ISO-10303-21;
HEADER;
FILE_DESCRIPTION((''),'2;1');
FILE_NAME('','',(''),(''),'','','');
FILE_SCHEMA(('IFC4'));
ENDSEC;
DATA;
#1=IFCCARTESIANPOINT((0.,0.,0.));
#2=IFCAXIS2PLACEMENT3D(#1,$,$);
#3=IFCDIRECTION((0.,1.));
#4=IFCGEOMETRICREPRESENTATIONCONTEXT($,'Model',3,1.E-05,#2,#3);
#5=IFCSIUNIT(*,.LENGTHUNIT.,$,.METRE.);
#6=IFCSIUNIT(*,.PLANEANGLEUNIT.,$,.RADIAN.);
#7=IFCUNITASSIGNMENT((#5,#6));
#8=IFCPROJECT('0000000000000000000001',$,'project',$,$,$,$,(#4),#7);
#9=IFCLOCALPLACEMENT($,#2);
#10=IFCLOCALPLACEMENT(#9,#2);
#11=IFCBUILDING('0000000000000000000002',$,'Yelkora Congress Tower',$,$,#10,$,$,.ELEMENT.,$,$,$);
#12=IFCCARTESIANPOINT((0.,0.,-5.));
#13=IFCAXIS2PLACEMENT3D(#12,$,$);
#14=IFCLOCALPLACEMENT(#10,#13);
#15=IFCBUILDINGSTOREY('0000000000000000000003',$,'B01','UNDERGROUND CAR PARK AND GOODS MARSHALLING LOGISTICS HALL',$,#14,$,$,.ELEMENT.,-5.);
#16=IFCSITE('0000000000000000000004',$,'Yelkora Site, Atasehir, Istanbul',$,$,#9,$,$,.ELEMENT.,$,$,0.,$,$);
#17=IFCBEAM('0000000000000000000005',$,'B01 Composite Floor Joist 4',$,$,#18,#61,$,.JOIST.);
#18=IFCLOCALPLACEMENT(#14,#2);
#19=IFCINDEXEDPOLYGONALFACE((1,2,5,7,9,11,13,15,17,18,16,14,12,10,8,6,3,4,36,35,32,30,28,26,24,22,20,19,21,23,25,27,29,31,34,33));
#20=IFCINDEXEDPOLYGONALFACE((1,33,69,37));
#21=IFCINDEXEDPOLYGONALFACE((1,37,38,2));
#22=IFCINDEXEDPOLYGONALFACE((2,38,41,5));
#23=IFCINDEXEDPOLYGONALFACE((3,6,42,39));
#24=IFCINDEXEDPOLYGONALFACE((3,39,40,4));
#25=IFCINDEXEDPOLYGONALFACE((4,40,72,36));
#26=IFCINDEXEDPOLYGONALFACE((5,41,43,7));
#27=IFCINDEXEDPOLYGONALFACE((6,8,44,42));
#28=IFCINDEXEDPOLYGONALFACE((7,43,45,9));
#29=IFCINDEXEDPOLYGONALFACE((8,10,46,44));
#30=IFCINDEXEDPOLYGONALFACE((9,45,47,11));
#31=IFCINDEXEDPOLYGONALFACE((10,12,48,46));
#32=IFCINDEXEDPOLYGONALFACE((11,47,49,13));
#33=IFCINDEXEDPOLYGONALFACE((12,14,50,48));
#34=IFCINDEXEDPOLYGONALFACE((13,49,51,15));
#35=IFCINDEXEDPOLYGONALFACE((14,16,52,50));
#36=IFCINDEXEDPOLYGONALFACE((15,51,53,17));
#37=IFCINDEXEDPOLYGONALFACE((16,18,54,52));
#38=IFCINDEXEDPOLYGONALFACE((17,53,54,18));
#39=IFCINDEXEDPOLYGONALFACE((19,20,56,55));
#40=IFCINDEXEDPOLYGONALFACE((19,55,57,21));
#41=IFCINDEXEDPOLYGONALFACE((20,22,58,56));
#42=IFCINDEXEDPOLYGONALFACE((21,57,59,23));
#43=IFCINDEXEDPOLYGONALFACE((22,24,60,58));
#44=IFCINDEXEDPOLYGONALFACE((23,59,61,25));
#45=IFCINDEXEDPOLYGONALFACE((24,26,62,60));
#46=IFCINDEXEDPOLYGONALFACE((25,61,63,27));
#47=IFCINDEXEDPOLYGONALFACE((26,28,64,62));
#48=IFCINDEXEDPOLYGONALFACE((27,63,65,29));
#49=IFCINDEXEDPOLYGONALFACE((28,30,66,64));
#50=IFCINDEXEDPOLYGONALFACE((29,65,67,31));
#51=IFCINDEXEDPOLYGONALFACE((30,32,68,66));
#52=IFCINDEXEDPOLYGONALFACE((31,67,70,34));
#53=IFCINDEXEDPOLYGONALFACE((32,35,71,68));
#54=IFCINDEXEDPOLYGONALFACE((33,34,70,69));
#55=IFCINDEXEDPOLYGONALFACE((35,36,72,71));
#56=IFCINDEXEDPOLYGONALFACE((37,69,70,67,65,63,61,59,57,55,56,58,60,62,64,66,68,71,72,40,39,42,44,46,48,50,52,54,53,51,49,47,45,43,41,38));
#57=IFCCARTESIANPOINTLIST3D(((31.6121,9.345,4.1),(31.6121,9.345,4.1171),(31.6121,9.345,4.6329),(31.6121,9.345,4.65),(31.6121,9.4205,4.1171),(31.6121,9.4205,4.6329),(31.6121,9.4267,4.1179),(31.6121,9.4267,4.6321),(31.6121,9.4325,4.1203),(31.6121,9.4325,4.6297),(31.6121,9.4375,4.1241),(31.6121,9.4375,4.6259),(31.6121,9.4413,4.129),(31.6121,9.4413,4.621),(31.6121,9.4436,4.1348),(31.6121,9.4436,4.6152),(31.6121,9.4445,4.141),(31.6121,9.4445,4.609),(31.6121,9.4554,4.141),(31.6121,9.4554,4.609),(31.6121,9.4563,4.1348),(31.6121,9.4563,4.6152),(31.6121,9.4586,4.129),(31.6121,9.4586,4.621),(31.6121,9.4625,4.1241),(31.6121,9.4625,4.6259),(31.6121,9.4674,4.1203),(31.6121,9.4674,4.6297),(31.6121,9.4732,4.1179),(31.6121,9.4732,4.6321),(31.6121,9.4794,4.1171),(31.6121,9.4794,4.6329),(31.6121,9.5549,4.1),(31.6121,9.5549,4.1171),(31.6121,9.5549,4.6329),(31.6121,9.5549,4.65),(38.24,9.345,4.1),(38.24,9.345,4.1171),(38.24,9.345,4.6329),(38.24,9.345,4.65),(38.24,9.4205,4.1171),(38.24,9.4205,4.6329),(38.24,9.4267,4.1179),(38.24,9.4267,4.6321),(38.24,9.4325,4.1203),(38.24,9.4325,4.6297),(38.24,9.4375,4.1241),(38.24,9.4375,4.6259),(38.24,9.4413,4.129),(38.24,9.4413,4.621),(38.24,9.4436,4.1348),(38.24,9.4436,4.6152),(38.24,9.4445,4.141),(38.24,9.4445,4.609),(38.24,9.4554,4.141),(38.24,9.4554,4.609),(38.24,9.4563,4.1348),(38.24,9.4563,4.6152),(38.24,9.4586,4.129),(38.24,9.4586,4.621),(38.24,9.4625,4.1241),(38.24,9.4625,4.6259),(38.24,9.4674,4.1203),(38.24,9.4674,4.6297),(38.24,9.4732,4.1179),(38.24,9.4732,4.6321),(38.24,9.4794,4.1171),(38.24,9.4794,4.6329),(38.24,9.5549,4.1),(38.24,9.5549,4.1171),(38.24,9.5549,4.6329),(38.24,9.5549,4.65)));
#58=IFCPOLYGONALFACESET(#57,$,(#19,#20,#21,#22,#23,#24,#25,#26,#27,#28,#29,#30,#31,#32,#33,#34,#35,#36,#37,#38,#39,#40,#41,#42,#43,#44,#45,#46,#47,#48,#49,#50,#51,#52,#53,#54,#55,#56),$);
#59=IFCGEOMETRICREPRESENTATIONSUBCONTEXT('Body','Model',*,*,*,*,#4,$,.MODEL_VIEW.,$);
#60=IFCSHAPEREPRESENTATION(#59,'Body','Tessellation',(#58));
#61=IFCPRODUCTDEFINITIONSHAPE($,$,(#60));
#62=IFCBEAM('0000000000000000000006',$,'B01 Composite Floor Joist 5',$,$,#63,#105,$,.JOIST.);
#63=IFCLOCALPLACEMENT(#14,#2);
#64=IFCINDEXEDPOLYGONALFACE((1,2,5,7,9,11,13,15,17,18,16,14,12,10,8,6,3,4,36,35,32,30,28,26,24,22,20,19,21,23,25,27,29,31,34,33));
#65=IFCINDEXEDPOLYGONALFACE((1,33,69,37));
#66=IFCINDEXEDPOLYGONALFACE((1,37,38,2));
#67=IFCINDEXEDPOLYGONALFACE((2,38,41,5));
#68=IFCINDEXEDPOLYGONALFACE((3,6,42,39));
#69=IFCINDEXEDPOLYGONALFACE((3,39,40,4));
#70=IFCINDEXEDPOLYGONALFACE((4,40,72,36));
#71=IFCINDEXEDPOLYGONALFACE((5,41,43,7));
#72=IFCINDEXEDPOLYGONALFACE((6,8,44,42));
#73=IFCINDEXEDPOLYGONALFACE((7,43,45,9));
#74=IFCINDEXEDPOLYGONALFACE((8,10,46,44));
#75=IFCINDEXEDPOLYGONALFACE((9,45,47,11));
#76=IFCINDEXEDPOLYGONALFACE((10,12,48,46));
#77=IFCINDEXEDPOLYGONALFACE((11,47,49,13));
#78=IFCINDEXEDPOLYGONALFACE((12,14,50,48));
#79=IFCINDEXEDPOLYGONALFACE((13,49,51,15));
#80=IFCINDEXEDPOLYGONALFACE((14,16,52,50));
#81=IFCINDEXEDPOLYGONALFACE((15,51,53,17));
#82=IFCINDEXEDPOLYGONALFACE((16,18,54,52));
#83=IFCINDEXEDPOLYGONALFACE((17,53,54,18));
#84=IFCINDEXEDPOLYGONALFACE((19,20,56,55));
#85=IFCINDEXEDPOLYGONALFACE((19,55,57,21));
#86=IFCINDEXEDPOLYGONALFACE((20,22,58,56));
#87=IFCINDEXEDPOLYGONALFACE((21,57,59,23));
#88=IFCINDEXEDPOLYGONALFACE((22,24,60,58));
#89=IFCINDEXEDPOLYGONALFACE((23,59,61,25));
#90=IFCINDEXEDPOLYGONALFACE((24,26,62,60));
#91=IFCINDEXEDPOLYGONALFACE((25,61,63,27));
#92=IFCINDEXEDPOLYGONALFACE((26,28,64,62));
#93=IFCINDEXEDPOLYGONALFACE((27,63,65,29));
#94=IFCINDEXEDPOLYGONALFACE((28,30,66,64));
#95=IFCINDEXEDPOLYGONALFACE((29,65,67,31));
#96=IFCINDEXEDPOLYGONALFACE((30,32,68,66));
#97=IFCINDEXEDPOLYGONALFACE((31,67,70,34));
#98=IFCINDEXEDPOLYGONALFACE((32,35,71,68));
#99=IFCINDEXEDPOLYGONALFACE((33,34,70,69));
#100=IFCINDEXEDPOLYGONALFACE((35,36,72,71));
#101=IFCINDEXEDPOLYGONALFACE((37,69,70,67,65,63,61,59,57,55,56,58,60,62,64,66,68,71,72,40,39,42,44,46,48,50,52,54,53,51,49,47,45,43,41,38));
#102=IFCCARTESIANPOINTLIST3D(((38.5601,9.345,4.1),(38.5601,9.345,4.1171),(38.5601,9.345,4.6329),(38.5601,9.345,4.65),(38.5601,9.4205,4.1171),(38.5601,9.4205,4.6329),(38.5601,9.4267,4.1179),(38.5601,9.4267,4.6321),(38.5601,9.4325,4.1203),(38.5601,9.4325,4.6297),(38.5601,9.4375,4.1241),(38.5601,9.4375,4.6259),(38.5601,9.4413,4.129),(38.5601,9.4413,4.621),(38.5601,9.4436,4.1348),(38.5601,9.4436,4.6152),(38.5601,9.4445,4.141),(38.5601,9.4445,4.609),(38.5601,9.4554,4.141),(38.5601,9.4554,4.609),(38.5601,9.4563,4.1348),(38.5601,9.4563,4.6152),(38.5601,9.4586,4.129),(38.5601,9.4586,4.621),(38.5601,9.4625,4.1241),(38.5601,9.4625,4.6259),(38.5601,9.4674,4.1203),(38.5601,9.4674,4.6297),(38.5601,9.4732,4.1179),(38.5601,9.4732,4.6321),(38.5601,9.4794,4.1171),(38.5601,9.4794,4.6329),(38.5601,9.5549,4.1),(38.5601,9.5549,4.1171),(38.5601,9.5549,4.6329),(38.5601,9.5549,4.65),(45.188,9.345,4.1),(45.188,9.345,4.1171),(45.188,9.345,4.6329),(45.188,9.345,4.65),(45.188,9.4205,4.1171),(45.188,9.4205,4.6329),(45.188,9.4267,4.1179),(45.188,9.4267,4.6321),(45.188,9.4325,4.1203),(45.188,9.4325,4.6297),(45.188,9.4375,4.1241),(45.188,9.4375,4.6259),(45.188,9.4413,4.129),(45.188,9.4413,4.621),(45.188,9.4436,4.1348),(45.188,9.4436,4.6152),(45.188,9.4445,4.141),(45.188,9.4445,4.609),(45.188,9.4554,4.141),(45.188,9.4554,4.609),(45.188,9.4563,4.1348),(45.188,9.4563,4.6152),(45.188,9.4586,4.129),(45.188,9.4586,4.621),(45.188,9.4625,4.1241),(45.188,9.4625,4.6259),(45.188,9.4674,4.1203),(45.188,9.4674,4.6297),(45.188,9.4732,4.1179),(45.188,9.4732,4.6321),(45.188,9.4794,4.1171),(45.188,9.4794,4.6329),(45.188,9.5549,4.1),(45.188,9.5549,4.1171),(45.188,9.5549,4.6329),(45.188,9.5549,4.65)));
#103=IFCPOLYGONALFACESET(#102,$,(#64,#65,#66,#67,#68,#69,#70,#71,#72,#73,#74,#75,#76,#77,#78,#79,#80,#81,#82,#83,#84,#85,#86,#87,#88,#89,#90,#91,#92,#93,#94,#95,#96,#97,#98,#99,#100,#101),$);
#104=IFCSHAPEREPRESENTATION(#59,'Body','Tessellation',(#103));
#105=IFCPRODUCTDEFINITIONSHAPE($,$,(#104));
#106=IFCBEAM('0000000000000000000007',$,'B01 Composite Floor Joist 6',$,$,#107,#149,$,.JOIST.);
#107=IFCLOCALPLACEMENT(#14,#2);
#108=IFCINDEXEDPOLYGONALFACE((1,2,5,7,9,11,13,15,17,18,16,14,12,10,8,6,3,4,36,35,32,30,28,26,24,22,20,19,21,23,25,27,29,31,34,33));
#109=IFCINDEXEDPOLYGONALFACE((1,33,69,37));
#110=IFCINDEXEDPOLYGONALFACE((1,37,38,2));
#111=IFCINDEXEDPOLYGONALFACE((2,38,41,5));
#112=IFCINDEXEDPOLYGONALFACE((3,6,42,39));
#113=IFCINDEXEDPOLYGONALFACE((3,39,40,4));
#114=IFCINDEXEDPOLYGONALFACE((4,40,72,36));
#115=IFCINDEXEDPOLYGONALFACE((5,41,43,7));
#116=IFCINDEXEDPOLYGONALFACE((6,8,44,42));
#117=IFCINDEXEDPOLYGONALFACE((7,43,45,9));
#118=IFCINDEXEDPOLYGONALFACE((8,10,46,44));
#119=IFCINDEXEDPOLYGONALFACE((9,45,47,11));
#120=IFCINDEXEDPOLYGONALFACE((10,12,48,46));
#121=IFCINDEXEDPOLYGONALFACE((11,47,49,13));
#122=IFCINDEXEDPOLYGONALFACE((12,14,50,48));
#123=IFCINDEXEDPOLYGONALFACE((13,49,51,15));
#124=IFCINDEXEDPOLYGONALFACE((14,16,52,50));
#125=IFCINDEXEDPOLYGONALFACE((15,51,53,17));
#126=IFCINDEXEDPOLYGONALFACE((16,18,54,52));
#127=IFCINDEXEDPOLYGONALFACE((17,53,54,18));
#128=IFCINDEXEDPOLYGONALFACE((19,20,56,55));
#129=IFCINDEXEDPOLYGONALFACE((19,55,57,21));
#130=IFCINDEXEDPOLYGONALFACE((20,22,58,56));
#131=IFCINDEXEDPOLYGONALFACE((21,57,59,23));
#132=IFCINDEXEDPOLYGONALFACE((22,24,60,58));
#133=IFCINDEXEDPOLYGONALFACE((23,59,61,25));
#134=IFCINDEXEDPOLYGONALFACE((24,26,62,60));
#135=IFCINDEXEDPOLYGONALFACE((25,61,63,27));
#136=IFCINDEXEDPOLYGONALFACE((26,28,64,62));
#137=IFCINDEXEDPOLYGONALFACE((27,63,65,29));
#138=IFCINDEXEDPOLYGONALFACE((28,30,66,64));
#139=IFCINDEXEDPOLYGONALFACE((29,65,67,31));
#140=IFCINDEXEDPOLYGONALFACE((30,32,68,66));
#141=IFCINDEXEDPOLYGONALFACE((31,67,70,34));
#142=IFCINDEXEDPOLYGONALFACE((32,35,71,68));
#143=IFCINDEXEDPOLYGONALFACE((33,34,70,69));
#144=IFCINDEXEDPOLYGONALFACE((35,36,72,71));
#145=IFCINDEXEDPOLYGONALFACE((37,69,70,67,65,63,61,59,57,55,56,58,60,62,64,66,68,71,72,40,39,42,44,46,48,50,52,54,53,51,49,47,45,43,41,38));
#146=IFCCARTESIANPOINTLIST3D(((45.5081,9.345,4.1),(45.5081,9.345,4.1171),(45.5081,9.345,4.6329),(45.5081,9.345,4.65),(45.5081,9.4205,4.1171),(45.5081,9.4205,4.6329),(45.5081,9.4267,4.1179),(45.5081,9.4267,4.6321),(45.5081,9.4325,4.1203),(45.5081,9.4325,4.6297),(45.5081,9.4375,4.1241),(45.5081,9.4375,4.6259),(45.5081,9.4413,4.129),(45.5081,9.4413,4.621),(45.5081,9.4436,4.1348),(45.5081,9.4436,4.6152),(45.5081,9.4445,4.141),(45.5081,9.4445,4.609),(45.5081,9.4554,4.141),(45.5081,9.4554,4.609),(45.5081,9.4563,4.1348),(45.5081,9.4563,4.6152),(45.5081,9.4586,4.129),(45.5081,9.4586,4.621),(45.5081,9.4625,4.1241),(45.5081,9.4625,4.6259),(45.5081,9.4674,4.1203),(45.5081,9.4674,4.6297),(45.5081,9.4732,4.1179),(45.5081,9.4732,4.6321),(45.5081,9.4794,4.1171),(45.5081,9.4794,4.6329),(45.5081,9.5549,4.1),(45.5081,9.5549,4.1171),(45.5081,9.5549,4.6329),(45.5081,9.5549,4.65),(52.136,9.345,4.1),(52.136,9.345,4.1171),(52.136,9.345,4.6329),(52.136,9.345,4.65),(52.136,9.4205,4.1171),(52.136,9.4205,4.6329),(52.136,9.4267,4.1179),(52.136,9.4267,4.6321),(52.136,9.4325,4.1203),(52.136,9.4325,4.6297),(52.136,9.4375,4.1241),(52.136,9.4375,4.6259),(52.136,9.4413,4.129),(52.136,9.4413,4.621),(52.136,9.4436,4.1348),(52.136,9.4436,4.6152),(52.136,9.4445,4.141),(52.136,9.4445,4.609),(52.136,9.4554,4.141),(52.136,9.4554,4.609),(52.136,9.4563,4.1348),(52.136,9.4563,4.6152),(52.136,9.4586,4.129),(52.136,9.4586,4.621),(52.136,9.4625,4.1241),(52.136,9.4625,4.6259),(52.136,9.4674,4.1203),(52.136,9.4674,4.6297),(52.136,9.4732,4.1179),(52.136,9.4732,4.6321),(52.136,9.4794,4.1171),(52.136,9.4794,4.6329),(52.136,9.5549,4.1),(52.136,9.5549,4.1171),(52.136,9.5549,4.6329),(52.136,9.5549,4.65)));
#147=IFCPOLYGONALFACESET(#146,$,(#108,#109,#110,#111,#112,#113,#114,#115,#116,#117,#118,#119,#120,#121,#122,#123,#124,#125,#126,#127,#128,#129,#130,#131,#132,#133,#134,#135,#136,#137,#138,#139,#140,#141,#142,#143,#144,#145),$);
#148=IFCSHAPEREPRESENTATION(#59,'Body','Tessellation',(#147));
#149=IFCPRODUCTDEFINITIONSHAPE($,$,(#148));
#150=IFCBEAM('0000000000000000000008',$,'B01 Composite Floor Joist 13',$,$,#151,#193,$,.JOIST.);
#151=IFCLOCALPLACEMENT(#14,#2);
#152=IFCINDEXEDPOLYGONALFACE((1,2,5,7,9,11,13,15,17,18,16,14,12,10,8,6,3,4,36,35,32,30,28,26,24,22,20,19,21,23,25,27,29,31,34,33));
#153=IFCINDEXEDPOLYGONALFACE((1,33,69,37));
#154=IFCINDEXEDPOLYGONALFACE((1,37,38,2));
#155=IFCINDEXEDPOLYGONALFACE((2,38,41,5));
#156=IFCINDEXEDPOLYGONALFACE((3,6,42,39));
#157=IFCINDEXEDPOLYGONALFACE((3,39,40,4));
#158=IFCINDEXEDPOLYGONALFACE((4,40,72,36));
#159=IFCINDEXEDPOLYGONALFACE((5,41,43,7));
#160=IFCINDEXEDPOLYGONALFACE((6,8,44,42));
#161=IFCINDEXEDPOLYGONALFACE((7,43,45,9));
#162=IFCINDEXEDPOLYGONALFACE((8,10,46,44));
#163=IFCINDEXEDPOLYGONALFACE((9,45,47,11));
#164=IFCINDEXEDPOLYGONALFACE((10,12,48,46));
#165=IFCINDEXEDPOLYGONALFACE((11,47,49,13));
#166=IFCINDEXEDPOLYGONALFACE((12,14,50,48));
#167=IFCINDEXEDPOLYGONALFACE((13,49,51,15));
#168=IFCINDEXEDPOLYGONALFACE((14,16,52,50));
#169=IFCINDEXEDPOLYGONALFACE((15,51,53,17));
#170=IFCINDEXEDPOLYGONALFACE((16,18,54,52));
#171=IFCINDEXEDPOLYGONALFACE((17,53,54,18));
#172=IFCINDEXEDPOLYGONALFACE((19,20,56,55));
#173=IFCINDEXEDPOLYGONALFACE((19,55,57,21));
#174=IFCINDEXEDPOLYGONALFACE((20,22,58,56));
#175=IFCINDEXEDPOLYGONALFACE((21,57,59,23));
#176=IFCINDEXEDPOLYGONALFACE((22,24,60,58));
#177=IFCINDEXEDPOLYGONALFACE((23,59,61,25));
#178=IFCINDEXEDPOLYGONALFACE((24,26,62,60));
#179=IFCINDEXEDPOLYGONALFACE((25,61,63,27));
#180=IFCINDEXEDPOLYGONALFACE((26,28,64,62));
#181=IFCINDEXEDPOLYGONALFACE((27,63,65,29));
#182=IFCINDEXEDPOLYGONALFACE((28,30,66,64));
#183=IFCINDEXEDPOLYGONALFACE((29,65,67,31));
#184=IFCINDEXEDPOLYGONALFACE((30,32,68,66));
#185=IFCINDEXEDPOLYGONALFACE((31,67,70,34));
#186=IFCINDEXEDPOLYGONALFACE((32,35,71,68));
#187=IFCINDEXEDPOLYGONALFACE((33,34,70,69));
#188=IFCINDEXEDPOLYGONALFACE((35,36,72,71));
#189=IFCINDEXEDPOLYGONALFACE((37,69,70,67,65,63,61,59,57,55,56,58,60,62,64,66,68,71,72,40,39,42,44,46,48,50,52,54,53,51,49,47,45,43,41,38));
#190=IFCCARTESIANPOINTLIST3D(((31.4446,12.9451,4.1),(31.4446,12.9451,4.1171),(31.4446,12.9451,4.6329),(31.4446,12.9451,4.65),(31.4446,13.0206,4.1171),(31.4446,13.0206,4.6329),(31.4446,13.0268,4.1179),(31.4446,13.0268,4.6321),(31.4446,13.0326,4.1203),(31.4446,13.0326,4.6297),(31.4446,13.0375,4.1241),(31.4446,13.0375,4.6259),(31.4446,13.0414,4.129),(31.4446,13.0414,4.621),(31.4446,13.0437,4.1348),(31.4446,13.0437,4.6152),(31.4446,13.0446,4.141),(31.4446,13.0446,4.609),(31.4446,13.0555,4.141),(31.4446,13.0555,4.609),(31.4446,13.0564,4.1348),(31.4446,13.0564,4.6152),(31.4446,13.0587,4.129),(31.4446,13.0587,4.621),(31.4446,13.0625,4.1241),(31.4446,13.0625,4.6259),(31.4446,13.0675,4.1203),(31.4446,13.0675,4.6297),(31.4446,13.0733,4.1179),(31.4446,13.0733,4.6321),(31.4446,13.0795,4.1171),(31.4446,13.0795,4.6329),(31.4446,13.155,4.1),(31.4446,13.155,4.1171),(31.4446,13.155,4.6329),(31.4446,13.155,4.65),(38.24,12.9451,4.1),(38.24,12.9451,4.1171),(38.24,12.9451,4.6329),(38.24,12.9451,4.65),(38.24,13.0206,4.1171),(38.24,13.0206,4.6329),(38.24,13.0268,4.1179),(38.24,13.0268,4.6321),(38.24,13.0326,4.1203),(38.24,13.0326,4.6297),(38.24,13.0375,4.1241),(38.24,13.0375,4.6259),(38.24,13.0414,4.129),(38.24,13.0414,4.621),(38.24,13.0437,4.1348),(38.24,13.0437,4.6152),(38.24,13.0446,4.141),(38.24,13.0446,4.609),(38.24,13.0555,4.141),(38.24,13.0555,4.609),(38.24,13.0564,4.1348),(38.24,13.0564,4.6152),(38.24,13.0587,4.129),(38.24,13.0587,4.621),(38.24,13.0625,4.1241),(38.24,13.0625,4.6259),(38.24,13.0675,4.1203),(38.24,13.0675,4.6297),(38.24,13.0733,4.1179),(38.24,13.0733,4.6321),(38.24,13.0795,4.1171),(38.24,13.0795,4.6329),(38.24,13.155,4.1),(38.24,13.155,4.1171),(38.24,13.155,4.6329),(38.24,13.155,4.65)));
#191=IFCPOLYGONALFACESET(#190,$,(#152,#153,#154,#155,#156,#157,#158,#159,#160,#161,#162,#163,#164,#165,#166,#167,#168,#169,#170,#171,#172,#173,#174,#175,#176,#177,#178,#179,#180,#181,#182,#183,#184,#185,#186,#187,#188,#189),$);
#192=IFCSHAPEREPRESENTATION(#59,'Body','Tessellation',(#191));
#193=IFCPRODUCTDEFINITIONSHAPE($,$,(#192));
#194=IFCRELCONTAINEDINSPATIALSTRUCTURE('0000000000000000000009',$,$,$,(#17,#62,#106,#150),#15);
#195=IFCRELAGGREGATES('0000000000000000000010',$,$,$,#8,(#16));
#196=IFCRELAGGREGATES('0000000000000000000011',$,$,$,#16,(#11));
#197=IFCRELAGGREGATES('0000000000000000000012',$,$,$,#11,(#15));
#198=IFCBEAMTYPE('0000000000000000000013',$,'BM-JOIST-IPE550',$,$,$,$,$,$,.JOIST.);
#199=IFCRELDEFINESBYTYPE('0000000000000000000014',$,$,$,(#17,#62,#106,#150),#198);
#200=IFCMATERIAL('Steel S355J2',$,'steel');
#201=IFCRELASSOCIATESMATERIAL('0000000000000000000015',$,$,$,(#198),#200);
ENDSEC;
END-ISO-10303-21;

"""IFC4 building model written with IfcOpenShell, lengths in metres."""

from ifc_helpers import new_model, si_unit, direction, frame, origin, origin_2d, place, context, subcontext, project, spatial, i_section, extrude, material, material_profile, profile_set, type_object, element, save


model = new_model("IFC4")

# Units and contexts
model_context = context("Model", 3, precision=1e-05, world=origin(), true_north=direction((0.0, 1.0)))
body_context = subcontext(model_context, "Body", "Model", "MODEL_VIEW")
ifc_project = project(units=[si_unit("LENGTHUNIT", "METRE"), si_unit("PLANEANGLEUNIT", "RADIAN")], contexts=[model_context])

# Site, building, storey
site_placement = place(None, origin())
site = spatial("IfcSite", under=ifc_project, at=site_placement, Name="Yelkora Site, Atasehir, Istanbul", CompositionType="ELEMENT", RefElevation=0.0)
building_placement = place(site_placement, origin())
building = spatial("IfcBuilding", under=site, at=building_placement, Name="Yelkora Congress Tower", CompositionType="ELEMENT")
storey_placement = place(building_placement, frame((0.0, 0.0, -5.0)))
storey = spatial("IfcBuildingStorey", under=building, at=storey_placement, Name="B01", Description="UNDERGROUND CAR PARK AND GOODS MARSHALLING LOGISTICS HALL", CompositionType="ELEMENT", Elevation=-5.0)

# Beams
ifc_material_1 = material(Name="Steel S355J2", Category="steel")
ifc_material_profile_1 = material_profile(ifc_material_1, i_section(OverallWidth=0.21, OverallDepth=0.55, WebThickness=0.011, FlangeThickness=0.0171, FilletRadius=0.0239, at=origin_2d()), Name="IPE 550")
ifc_profile_set_1 = profile_set([ifc_material_profile_1], Name="Steel S355J2")
beam_type_1 = type_object("IfcBeamType", Name="BM-JOIST-IPE550", PredefinedType="JOIST", material=ifc_profile_set_1)
for number, where, z_axis, x_axis, name in (
    (1, (31.6121, 9.45, 4.375), (1.0, 0.0, 0.0), (0.0, 1.0, 0.0), "B01 Composite Floor Joist 4"),
    (2, (38.5601, 9.45, 4.375), (1.0, 0.0, 0.0), (0.0, 1.0, 0.0), "B01 Composite Floor Joist 5"),
    (3, (45.5081, 9.45, 4.375), (1.0, 0.0, 0.0), (0.0, 1.0, 0.0), "B01 Composite Floor Joist 6"),
):
    element("IfcBeam", number, at=place(storey_placement, frame(where, z_axis=z_axis, x_axis=x_axis)), inside=storey, type_object=beam_type_1, Name=name, PredefinedType="JOIST", context=body_context, shape_type="SweptSolid", body=[
        extrude(i_section(OverallWidth=0.21, OverallDepth=0.55, WebThickness=0.011, FlangeThickness=0.0171, FilletRadius=0.0239, at=origin_2d()), origin(), (0.0, 0.0, 1.0), 6.6279),
    ])
beam_1_placement = place(storey_placement, frame((31.4446, 13.05, 4.375), z_axis=(1.0, 0.0, 0.0), x_axis=(0.0, 1.0, 0.0)))
element("IfcBeam", 4, at=beam_1_placement, inside=storey, type_object=beam_type_1, Name="B01 Composite Floor Joist 13", PredefinedType="JOIST", context=body_context, shape_type="SweptSolid", body=[
    extrude(i_section(OverallWidth=0.21, OverallDepth=0.55, WebThickness=0.011, FlangeThickness=0.0171, FilletRadius=0.0239, at=origin_2d()), origin(), (0.0, 0.0, 1.0), 6.7954),
])

save(model, "model.ifc")
